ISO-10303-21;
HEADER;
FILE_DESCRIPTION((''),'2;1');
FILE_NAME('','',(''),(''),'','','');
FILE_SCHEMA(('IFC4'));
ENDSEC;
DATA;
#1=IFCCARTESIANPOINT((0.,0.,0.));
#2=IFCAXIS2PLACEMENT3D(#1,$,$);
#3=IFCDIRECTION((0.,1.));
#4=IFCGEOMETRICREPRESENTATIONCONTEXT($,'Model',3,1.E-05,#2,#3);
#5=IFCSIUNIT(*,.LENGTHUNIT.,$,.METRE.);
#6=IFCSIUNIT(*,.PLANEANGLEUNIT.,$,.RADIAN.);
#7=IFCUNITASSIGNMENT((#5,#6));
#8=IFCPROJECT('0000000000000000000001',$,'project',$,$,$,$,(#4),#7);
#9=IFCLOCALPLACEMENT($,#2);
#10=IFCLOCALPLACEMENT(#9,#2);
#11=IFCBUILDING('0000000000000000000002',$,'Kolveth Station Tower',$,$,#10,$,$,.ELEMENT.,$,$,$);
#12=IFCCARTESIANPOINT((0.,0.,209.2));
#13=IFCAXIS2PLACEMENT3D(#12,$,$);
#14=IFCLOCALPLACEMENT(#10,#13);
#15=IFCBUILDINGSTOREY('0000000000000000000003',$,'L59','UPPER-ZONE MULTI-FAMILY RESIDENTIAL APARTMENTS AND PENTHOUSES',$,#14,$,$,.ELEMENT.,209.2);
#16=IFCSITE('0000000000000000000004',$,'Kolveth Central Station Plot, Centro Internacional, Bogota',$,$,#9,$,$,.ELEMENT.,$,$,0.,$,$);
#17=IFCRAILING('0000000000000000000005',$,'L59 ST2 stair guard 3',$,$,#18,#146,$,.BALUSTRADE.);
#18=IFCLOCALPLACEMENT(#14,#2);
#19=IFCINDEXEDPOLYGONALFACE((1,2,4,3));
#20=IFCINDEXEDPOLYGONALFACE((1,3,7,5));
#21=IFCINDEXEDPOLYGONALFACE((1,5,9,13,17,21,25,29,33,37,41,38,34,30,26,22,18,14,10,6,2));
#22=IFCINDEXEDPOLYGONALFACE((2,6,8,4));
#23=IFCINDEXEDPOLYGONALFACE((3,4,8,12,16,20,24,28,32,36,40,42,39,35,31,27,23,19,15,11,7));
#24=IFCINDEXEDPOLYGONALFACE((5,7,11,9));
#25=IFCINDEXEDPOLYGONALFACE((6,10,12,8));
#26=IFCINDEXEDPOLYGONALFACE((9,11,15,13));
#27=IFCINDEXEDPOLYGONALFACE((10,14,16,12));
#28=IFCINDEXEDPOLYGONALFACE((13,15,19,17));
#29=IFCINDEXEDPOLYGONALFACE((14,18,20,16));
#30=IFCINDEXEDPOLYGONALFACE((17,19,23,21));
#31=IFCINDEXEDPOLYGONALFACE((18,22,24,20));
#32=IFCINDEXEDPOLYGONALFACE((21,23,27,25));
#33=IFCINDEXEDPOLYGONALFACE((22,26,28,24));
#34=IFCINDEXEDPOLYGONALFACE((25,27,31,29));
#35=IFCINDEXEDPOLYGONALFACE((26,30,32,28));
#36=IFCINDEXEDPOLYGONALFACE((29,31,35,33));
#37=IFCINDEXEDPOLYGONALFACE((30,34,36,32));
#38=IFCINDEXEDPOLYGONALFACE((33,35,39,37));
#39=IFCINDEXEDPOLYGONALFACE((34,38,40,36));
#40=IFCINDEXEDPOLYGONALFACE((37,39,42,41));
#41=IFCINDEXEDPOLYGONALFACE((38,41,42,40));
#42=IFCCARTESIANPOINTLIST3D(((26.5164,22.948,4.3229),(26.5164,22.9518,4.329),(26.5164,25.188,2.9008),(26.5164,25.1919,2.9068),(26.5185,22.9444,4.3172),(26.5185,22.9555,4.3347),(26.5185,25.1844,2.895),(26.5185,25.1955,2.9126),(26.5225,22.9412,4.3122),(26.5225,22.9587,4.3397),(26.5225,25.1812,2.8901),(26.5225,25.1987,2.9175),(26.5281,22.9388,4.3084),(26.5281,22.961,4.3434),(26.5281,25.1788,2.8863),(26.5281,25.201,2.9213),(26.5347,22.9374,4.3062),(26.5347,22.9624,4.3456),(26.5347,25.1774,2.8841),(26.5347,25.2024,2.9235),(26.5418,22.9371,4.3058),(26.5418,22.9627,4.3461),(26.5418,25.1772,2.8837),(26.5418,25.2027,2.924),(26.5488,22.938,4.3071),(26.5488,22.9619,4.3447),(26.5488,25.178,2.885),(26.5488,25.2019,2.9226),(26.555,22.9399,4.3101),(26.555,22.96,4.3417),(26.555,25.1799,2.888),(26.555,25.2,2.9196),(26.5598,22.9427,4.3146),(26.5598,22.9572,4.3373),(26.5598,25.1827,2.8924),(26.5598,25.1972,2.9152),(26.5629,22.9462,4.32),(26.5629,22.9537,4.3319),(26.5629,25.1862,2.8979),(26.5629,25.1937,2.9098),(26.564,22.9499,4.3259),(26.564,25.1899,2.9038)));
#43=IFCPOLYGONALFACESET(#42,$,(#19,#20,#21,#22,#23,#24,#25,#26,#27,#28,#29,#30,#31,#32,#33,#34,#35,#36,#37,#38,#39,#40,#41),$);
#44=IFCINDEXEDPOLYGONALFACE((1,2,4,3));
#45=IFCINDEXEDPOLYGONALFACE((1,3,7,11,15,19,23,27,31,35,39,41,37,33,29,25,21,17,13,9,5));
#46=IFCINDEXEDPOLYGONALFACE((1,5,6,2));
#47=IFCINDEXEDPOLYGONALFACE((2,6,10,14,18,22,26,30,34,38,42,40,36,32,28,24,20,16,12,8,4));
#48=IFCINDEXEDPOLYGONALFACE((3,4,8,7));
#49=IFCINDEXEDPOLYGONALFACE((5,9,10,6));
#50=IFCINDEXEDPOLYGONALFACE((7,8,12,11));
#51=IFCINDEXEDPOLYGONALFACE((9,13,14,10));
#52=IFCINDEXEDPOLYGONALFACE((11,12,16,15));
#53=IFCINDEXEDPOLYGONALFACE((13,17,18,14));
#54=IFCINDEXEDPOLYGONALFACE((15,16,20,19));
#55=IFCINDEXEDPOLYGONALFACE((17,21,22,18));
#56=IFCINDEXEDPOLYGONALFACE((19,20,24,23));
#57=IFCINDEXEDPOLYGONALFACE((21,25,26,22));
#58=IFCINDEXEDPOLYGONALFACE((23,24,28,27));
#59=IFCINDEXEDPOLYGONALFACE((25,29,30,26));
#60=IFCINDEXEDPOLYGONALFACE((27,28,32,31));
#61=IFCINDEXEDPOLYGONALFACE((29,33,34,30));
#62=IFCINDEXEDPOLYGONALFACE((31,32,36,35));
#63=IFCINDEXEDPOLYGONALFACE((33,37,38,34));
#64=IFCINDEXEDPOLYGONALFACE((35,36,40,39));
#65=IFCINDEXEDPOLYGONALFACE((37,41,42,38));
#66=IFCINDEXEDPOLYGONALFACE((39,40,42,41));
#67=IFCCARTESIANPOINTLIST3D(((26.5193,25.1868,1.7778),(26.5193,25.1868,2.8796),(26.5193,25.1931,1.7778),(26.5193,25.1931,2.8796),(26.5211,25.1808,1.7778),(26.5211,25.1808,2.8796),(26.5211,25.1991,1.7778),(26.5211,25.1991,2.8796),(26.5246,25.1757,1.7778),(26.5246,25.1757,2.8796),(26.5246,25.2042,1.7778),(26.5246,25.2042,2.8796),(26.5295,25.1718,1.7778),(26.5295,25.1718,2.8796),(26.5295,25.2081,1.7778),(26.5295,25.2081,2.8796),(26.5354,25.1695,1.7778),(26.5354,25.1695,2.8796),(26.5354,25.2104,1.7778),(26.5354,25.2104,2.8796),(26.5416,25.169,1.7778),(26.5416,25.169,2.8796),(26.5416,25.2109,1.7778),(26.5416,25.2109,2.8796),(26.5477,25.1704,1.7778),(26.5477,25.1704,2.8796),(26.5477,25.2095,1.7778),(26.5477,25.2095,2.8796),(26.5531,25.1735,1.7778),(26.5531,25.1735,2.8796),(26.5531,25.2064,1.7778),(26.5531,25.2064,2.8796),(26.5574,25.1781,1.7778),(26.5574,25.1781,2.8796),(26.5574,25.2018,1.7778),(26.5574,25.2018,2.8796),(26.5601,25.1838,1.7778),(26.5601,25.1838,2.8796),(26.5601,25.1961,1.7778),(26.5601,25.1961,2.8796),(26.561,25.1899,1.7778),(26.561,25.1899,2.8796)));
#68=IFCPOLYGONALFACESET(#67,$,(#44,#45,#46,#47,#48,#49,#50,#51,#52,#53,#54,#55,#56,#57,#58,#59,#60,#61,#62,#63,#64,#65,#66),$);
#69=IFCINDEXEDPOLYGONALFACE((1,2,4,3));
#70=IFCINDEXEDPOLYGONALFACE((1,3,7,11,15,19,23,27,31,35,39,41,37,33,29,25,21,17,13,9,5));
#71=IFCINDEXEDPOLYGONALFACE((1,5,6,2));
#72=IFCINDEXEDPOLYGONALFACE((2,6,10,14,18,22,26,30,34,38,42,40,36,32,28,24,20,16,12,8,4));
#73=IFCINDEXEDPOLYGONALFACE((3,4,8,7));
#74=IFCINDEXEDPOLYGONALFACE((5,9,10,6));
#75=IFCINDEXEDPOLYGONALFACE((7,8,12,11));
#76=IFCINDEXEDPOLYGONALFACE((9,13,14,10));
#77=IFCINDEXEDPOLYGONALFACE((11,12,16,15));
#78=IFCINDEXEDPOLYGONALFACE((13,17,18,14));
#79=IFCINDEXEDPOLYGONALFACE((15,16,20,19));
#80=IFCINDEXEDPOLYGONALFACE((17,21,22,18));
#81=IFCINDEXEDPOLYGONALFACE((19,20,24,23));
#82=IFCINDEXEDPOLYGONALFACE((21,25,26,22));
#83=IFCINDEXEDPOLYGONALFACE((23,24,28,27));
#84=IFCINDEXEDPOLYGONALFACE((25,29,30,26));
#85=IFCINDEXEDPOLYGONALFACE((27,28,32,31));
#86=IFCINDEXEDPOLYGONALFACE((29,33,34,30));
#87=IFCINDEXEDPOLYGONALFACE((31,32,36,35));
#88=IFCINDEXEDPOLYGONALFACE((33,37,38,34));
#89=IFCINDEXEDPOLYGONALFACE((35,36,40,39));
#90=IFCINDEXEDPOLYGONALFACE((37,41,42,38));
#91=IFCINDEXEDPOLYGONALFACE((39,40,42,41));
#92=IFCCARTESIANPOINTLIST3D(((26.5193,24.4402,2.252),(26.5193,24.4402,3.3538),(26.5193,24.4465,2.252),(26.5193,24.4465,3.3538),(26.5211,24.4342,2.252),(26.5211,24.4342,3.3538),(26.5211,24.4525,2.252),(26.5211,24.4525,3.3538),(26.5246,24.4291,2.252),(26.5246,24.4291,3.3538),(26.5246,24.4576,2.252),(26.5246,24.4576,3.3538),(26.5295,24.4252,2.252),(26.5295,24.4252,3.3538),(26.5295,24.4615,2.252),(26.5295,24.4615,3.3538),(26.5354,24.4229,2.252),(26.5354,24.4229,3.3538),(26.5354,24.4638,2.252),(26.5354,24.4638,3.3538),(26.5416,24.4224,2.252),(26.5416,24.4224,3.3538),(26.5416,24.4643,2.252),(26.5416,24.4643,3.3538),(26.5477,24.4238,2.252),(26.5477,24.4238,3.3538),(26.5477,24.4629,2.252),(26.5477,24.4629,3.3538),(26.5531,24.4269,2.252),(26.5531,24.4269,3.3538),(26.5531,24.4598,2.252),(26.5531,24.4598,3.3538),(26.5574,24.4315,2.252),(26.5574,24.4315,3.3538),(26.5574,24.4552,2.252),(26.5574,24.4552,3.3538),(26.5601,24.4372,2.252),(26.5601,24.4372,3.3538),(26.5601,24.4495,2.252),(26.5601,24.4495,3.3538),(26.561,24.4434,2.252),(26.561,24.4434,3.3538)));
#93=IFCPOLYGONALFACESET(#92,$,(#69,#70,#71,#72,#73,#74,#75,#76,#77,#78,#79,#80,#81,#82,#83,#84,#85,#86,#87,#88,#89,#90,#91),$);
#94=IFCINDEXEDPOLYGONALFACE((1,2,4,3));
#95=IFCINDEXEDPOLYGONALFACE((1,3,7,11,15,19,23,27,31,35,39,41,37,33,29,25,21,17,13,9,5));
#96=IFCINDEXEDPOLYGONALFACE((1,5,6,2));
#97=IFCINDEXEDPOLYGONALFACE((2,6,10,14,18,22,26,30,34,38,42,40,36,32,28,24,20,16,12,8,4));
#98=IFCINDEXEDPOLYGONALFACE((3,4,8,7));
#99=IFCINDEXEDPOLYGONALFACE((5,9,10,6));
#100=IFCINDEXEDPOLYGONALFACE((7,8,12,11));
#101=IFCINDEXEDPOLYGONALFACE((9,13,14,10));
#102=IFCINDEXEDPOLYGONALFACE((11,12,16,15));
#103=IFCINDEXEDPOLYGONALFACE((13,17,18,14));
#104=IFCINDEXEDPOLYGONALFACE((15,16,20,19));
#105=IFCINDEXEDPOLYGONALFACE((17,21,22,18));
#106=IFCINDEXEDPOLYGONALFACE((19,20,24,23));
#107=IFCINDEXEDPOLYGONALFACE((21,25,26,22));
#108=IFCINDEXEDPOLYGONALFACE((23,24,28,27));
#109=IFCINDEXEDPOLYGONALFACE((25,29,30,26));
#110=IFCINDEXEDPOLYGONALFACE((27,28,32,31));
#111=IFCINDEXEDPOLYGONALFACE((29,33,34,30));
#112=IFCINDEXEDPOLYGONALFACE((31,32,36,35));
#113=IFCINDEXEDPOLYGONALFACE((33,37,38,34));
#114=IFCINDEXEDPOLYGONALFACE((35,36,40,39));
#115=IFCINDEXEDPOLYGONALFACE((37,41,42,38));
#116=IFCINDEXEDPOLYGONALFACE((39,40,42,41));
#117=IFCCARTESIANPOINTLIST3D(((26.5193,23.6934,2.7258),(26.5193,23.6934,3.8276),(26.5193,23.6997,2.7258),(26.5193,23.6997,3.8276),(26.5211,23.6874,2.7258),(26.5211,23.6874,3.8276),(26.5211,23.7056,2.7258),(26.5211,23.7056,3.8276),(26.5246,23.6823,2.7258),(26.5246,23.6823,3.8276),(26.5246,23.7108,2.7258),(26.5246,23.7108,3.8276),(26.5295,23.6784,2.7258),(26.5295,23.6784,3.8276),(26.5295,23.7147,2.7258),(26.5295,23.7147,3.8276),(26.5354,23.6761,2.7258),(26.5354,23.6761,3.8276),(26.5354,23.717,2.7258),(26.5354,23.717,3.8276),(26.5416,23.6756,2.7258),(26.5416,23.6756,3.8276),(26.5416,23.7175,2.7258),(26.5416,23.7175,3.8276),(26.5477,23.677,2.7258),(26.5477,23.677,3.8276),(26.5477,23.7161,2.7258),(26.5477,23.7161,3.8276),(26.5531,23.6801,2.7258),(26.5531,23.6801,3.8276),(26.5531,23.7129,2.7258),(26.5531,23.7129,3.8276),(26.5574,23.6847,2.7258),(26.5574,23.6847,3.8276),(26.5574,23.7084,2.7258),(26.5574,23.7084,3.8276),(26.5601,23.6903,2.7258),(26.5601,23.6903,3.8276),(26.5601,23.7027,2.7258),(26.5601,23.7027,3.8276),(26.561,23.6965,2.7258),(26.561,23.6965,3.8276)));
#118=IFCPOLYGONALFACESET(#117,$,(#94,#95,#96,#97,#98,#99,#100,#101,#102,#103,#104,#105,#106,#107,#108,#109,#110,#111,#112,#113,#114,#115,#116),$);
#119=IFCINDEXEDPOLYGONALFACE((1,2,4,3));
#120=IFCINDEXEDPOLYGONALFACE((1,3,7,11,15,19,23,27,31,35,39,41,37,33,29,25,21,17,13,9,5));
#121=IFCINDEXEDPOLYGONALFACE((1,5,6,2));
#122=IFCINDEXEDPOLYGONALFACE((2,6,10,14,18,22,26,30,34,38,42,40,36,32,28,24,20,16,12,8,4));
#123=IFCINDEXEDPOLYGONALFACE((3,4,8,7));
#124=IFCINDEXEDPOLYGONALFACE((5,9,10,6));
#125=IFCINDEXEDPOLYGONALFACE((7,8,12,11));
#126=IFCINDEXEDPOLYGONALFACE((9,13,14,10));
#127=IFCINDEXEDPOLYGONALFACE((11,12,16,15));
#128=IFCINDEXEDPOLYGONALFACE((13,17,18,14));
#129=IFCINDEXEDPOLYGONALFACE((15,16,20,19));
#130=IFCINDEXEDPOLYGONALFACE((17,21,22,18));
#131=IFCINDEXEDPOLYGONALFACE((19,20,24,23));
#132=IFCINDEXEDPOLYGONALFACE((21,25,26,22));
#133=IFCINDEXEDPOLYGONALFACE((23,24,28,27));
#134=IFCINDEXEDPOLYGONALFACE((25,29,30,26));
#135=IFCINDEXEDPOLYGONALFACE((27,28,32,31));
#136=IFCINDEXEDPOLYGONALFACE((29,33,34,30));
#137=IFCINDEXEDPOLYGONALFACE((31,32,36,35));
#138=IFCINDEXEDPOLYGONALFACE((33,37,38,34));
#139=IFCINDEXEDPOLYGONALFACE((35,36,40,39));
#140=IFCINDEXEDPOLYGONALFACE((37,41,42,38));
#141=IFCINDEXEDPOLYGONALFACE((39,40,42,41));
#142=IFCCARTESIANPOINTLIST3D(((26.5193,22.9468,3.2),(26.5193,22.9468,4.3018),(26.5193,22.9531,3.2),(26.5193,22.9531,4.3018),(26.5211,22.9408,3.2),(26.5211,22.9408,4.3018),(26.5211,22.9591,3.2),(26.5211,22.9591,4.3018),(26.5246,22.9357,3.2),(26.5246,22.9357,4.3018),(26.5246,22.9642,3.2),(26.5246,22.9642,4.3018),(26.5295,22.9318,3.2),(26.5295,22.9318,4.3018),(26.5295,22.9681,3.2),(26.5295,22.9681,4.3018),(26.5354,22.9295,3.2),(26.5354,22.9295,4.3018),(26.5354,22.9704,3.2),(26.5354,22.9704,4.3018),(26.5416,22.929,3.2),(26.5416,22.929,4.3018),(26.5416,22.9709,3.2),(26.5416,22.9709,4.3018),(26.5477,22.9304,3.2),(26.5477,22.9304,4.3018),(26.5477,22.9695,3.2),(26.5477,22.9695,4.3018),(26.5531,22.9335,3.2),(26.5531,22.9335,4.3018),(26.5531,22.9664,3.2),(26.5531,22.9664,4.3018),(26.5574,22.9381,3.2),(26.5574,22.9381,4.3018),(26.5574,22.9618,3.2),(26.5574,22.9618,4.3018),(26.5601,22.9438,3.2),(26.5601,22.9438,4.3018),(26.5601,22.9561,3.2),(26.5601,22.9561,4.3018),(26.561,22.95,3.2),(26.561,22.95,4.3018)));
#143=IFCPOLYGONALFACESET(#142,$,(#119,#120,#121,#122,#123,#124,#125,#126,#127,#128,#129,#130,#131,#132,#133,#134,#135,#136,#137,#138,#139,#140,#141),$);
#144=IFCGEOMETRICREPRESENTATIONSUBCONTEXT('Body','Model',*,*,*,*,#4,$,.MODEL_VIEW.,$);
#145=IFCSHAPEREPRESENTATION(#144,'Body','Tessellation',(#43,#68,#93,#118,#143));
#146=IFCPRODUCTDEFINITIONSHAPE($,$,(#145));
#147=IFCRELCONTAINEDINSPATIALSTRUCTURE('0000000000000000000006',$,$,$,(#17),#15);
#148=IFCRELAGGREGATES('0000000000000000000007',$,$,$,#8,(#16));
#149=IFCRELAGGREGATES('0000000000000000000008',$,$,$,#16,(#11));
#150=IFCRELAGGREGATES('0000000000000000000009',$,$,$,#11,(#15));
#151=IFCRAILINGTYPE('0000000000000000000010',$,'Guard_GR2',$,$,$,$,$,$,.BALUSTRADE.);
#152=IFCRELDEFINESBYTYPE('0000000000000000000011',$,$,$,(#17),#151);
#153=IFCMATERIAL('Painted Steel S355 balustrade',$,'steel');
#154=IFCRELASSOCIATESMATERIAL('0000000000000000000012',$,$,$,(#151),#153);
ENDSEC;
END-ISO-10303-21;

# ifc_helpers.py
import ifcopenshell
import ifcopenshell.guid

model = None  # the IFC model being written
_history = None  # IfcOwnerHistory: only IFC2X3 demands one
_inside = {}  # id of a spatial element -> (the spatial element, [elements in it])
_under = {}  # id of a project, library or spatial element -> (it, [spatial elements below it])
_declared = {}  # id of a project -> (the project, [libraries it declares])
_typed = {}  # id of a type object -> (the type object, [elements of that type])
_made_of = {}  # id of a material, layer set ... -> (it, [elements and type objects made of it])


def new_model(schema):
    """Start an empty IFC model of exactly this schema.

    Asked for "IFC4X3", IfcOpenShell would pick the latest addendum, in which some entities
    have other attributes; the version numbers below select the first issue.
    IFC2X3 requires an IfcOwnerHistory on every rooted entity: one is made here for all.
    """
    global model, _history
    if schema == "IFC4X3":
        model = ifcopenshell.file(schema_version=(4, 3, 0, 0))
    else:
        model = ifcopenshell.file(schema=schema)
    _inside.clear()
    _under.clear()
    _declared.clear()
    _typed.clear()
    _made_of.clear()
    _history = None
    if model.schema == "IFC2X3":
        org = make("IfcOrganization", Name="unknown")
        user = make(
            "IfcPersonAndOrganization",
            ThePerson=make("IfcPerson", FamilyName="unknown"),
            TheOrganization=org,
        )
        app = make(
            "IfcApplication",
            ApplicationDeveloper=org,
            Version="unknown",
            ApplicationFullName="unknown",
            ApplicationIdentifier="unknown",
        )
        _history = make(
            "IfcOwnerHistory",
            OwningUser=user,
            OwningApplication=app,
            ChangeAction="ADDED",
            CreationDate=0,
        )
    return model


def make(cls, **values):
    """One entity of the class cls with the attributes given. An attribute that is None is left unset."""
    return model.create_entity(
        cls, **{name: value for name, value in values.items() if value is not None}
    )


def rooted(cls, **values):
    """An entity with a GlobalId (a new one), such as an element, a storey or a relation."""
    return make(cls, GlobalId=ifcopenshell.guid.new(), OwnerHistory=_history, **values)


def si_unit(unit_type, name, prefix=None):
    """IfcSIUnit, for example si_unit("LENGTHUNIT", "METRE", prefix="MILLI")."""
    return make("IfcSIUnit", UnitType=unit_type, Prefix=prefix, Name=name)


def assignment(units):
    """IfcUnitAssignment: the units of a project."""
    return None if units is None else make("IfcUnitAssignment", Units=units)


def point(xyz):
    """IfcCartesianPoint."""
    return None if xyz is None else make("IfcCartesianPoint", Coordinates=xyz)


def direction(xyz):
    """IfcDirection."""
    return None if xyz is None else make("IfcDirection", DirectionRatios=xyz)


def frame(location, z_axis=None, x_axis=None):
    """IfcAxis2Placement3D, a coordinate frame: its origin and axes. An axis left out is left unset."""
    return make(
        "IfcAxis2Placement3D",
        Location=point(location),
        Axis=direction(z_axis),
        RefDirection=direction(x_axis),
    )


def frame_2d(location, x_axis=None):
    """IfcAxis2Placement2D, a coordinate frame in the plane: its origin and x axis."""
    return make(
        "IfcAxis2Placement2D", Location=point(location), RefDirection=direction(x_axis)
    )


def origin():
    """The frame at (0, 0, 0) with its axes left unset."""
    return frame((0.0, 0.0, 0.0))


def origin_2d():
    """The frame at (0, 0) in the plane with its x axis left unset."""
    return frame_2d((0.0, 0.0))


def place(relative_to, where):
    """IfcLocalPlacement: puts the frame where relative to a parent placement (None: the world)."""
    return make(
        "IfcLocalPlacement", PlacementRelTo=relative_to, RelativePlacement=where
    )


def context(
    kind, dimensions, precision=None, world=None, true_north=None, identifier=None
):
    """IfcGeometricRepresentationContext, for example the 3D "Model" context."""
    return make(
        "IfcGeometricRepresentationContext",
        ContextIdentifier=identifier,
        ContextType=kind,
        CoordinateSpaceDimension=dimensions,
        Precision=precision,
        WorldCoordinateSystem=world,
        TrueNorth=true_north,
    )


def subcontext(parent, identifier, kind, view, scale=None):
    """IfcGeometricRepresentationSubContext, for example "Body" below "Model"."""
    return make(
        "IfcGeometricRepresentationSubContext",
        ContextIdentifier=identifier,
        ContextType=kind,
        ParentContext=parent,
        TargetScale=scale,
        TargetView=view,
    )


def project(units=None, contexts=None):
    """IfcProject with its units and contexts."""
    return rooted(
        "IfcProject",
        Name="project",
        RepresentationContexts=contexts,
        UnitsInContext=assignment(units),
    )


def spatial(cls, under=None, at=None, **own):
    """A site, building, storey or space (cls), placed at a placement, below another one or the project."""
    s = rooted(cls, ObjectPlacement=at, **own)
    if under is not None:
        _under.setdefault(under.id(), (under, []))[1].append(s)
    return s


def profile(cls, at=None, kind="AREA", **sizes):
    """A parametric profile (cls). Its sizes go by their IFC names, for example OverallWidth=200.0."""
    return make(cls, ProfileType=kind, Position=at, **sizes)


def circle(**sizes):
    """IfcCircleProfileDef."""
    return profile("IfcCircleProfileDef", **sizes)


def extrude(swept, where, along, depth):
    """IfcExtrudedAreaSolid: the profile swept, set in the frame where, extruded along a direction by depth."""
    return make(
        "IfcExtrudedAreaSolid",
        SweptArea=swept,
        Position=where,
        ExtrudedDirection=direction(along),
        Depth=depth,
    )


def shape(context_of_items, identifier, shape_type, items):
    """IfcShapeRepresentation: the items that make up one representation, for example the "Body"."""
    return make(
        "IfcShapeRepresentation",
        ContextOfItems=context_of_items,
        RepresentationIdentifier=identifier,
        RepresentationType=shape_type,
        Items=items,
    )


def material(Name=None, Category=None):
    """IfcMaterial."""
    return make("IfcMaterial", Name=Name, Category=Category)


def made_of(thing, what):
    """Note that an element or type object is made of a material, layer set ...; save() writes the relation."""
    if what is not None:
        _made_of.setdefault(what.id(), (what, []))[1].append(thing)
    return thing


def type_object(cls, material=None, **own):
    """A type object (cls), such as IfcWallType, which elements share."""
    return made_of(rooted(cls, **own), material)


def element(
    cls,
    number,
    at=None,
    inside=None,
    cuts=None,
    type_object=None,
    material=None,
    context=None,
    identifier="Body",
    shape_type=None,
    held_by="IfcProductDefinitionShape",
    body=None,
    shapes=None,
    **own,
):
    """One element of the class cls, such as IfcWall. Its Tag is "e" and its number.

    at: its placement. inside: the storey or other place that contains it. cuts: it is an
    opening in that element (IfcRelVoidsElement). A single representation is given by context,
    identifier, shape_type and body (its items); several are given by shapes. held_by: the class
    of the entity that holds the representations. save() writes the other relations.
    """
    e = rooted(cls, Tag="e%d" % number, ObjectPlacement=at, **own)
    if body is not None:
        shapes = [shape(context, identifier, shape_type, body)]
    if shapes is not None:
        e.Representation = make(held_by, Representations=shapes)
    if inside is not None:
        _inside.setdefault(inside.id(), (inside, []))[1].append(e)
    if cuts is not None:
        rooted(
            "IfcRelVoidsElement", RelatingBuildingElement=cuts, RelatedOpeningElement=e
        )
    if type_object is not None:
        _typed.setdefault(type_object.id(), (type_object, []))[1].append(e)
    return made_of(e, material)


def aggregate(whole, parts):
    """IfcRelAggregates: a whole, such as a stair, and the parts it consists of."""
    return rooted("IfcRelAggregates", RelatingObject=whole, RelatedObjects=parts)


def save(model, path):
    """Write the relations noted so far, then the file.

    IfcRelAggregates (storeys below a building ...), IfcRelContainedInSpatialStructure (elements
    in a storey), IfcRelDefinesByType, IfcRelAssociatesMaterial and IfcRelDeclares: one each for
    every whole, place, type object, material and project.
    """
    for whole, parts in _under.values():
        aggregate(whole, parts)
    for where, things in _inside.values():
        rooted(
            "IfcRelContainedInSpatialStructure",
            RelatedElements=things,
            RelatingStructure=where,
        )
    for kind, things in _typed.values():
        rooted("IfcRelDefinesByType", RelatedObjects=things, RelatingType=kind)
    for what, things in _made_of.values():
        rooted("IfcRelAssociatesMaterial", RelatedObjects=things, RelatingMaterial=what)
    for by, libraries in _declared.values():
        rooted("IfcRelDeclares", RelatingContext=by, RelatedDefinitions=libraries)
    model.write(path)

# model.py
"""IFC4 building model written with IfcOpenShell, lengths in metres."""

from ifc_helpers import new_model, si_unit, direction, frame, origin, origin_2d, place, context, subcontext, project, spatial, circle, extrude, material, type_object, element, save


model = new_model("IFC4")

# Units and contexts
model_context = context("Model", 3, precision=1e-05, world=origin(), true_north=direction((0.0, 1.0)))
body_context = subcontext(model_context, "Body", "Model", "MODEL_VIEW")
ifc_project = project(units=[si_unit("LENGTHUNIT", "METRE"), si_unit("PLANEANGLEUNIT", "RADIAN")], contexts=[model_context])

# Site, building, storey
site_placement = place(None, origin())
site = spatial("IfcSite", under=ifc_project, at=site_placement, Name="Kolveth Central Station Plot, Centro Internacional, Bogota", CompositionType="ELEMENT", RefElevation=0.0)
building_placement = place(site_placement, origin())
building = spatial("IfcBuilding", under=site, at=building_placement, Name="Kolveth Station Tower", CompositionType="ELEMENT")
storey_placement = place(building_placement, frame((0.0, 0.0, 209.2)))
storey = spatial("IfcBuildingStorey", under=building, at=storey_placement, Name="L59", Description="UPPER-ZONE MULTI-FAMILY RESIDENTIAL APARTMENTS AND PENTHOUSES", CompositionType="ELEMENT", Elevation=209.2)

# Railing
ifc_material_1 = material(Name="Painted Steel S355 balustrade", Category="steel")
railing_type_1 = type_object("IfcRailingType", Name="Guard_GR2", PredefinedType="BALUSTRADE", material=ifc_material_1)
railing_1_placement = place(storey_placement, frame((26.54, 25.1899, 1.7778)))
element("IfcRailing", 1, at=railing_1_placement, inside=storey, type_object=railing_type_1, Name="L59 ST2 stair guard 3", PredefinedType="BALUSTRADE", context=body_context, shape_type="SweptSolid", body=[
    extrude(circle(Radius=0.0239, at=origin_2d()), frame((0.0, 0.0, 1.126), z_axis=(0.0, -0.844229, 0.535982), x_axis=(1.0, 0.0, 0.0)), (0.0, 0.0, 1.0), 2.6533),
    extrude(circle(Radius=0.021, at=origin_2d()), origin(), (0.0, 0.0, 1.0), 1.1018),
    extrude(circle(Radius=0.021, at=origin_2d()), frame((0.0, -0.7466, 0.4741)), (0.0, 0.0, 1.0), 1.1018),
    extrude(circle(Radius=0.021, at=origin_2d()), frame((0.0, -1.4934, 0.948)), (0.0, 0.0, 1.0), 1.1018),
    extrude(circle(Radius=0.021, at=origin_2d()), frame((0.0, -2.24, 1.4221)), (0.0, 0.0, 1.0), 1.1018),
])

save(model, "model.ifc")
